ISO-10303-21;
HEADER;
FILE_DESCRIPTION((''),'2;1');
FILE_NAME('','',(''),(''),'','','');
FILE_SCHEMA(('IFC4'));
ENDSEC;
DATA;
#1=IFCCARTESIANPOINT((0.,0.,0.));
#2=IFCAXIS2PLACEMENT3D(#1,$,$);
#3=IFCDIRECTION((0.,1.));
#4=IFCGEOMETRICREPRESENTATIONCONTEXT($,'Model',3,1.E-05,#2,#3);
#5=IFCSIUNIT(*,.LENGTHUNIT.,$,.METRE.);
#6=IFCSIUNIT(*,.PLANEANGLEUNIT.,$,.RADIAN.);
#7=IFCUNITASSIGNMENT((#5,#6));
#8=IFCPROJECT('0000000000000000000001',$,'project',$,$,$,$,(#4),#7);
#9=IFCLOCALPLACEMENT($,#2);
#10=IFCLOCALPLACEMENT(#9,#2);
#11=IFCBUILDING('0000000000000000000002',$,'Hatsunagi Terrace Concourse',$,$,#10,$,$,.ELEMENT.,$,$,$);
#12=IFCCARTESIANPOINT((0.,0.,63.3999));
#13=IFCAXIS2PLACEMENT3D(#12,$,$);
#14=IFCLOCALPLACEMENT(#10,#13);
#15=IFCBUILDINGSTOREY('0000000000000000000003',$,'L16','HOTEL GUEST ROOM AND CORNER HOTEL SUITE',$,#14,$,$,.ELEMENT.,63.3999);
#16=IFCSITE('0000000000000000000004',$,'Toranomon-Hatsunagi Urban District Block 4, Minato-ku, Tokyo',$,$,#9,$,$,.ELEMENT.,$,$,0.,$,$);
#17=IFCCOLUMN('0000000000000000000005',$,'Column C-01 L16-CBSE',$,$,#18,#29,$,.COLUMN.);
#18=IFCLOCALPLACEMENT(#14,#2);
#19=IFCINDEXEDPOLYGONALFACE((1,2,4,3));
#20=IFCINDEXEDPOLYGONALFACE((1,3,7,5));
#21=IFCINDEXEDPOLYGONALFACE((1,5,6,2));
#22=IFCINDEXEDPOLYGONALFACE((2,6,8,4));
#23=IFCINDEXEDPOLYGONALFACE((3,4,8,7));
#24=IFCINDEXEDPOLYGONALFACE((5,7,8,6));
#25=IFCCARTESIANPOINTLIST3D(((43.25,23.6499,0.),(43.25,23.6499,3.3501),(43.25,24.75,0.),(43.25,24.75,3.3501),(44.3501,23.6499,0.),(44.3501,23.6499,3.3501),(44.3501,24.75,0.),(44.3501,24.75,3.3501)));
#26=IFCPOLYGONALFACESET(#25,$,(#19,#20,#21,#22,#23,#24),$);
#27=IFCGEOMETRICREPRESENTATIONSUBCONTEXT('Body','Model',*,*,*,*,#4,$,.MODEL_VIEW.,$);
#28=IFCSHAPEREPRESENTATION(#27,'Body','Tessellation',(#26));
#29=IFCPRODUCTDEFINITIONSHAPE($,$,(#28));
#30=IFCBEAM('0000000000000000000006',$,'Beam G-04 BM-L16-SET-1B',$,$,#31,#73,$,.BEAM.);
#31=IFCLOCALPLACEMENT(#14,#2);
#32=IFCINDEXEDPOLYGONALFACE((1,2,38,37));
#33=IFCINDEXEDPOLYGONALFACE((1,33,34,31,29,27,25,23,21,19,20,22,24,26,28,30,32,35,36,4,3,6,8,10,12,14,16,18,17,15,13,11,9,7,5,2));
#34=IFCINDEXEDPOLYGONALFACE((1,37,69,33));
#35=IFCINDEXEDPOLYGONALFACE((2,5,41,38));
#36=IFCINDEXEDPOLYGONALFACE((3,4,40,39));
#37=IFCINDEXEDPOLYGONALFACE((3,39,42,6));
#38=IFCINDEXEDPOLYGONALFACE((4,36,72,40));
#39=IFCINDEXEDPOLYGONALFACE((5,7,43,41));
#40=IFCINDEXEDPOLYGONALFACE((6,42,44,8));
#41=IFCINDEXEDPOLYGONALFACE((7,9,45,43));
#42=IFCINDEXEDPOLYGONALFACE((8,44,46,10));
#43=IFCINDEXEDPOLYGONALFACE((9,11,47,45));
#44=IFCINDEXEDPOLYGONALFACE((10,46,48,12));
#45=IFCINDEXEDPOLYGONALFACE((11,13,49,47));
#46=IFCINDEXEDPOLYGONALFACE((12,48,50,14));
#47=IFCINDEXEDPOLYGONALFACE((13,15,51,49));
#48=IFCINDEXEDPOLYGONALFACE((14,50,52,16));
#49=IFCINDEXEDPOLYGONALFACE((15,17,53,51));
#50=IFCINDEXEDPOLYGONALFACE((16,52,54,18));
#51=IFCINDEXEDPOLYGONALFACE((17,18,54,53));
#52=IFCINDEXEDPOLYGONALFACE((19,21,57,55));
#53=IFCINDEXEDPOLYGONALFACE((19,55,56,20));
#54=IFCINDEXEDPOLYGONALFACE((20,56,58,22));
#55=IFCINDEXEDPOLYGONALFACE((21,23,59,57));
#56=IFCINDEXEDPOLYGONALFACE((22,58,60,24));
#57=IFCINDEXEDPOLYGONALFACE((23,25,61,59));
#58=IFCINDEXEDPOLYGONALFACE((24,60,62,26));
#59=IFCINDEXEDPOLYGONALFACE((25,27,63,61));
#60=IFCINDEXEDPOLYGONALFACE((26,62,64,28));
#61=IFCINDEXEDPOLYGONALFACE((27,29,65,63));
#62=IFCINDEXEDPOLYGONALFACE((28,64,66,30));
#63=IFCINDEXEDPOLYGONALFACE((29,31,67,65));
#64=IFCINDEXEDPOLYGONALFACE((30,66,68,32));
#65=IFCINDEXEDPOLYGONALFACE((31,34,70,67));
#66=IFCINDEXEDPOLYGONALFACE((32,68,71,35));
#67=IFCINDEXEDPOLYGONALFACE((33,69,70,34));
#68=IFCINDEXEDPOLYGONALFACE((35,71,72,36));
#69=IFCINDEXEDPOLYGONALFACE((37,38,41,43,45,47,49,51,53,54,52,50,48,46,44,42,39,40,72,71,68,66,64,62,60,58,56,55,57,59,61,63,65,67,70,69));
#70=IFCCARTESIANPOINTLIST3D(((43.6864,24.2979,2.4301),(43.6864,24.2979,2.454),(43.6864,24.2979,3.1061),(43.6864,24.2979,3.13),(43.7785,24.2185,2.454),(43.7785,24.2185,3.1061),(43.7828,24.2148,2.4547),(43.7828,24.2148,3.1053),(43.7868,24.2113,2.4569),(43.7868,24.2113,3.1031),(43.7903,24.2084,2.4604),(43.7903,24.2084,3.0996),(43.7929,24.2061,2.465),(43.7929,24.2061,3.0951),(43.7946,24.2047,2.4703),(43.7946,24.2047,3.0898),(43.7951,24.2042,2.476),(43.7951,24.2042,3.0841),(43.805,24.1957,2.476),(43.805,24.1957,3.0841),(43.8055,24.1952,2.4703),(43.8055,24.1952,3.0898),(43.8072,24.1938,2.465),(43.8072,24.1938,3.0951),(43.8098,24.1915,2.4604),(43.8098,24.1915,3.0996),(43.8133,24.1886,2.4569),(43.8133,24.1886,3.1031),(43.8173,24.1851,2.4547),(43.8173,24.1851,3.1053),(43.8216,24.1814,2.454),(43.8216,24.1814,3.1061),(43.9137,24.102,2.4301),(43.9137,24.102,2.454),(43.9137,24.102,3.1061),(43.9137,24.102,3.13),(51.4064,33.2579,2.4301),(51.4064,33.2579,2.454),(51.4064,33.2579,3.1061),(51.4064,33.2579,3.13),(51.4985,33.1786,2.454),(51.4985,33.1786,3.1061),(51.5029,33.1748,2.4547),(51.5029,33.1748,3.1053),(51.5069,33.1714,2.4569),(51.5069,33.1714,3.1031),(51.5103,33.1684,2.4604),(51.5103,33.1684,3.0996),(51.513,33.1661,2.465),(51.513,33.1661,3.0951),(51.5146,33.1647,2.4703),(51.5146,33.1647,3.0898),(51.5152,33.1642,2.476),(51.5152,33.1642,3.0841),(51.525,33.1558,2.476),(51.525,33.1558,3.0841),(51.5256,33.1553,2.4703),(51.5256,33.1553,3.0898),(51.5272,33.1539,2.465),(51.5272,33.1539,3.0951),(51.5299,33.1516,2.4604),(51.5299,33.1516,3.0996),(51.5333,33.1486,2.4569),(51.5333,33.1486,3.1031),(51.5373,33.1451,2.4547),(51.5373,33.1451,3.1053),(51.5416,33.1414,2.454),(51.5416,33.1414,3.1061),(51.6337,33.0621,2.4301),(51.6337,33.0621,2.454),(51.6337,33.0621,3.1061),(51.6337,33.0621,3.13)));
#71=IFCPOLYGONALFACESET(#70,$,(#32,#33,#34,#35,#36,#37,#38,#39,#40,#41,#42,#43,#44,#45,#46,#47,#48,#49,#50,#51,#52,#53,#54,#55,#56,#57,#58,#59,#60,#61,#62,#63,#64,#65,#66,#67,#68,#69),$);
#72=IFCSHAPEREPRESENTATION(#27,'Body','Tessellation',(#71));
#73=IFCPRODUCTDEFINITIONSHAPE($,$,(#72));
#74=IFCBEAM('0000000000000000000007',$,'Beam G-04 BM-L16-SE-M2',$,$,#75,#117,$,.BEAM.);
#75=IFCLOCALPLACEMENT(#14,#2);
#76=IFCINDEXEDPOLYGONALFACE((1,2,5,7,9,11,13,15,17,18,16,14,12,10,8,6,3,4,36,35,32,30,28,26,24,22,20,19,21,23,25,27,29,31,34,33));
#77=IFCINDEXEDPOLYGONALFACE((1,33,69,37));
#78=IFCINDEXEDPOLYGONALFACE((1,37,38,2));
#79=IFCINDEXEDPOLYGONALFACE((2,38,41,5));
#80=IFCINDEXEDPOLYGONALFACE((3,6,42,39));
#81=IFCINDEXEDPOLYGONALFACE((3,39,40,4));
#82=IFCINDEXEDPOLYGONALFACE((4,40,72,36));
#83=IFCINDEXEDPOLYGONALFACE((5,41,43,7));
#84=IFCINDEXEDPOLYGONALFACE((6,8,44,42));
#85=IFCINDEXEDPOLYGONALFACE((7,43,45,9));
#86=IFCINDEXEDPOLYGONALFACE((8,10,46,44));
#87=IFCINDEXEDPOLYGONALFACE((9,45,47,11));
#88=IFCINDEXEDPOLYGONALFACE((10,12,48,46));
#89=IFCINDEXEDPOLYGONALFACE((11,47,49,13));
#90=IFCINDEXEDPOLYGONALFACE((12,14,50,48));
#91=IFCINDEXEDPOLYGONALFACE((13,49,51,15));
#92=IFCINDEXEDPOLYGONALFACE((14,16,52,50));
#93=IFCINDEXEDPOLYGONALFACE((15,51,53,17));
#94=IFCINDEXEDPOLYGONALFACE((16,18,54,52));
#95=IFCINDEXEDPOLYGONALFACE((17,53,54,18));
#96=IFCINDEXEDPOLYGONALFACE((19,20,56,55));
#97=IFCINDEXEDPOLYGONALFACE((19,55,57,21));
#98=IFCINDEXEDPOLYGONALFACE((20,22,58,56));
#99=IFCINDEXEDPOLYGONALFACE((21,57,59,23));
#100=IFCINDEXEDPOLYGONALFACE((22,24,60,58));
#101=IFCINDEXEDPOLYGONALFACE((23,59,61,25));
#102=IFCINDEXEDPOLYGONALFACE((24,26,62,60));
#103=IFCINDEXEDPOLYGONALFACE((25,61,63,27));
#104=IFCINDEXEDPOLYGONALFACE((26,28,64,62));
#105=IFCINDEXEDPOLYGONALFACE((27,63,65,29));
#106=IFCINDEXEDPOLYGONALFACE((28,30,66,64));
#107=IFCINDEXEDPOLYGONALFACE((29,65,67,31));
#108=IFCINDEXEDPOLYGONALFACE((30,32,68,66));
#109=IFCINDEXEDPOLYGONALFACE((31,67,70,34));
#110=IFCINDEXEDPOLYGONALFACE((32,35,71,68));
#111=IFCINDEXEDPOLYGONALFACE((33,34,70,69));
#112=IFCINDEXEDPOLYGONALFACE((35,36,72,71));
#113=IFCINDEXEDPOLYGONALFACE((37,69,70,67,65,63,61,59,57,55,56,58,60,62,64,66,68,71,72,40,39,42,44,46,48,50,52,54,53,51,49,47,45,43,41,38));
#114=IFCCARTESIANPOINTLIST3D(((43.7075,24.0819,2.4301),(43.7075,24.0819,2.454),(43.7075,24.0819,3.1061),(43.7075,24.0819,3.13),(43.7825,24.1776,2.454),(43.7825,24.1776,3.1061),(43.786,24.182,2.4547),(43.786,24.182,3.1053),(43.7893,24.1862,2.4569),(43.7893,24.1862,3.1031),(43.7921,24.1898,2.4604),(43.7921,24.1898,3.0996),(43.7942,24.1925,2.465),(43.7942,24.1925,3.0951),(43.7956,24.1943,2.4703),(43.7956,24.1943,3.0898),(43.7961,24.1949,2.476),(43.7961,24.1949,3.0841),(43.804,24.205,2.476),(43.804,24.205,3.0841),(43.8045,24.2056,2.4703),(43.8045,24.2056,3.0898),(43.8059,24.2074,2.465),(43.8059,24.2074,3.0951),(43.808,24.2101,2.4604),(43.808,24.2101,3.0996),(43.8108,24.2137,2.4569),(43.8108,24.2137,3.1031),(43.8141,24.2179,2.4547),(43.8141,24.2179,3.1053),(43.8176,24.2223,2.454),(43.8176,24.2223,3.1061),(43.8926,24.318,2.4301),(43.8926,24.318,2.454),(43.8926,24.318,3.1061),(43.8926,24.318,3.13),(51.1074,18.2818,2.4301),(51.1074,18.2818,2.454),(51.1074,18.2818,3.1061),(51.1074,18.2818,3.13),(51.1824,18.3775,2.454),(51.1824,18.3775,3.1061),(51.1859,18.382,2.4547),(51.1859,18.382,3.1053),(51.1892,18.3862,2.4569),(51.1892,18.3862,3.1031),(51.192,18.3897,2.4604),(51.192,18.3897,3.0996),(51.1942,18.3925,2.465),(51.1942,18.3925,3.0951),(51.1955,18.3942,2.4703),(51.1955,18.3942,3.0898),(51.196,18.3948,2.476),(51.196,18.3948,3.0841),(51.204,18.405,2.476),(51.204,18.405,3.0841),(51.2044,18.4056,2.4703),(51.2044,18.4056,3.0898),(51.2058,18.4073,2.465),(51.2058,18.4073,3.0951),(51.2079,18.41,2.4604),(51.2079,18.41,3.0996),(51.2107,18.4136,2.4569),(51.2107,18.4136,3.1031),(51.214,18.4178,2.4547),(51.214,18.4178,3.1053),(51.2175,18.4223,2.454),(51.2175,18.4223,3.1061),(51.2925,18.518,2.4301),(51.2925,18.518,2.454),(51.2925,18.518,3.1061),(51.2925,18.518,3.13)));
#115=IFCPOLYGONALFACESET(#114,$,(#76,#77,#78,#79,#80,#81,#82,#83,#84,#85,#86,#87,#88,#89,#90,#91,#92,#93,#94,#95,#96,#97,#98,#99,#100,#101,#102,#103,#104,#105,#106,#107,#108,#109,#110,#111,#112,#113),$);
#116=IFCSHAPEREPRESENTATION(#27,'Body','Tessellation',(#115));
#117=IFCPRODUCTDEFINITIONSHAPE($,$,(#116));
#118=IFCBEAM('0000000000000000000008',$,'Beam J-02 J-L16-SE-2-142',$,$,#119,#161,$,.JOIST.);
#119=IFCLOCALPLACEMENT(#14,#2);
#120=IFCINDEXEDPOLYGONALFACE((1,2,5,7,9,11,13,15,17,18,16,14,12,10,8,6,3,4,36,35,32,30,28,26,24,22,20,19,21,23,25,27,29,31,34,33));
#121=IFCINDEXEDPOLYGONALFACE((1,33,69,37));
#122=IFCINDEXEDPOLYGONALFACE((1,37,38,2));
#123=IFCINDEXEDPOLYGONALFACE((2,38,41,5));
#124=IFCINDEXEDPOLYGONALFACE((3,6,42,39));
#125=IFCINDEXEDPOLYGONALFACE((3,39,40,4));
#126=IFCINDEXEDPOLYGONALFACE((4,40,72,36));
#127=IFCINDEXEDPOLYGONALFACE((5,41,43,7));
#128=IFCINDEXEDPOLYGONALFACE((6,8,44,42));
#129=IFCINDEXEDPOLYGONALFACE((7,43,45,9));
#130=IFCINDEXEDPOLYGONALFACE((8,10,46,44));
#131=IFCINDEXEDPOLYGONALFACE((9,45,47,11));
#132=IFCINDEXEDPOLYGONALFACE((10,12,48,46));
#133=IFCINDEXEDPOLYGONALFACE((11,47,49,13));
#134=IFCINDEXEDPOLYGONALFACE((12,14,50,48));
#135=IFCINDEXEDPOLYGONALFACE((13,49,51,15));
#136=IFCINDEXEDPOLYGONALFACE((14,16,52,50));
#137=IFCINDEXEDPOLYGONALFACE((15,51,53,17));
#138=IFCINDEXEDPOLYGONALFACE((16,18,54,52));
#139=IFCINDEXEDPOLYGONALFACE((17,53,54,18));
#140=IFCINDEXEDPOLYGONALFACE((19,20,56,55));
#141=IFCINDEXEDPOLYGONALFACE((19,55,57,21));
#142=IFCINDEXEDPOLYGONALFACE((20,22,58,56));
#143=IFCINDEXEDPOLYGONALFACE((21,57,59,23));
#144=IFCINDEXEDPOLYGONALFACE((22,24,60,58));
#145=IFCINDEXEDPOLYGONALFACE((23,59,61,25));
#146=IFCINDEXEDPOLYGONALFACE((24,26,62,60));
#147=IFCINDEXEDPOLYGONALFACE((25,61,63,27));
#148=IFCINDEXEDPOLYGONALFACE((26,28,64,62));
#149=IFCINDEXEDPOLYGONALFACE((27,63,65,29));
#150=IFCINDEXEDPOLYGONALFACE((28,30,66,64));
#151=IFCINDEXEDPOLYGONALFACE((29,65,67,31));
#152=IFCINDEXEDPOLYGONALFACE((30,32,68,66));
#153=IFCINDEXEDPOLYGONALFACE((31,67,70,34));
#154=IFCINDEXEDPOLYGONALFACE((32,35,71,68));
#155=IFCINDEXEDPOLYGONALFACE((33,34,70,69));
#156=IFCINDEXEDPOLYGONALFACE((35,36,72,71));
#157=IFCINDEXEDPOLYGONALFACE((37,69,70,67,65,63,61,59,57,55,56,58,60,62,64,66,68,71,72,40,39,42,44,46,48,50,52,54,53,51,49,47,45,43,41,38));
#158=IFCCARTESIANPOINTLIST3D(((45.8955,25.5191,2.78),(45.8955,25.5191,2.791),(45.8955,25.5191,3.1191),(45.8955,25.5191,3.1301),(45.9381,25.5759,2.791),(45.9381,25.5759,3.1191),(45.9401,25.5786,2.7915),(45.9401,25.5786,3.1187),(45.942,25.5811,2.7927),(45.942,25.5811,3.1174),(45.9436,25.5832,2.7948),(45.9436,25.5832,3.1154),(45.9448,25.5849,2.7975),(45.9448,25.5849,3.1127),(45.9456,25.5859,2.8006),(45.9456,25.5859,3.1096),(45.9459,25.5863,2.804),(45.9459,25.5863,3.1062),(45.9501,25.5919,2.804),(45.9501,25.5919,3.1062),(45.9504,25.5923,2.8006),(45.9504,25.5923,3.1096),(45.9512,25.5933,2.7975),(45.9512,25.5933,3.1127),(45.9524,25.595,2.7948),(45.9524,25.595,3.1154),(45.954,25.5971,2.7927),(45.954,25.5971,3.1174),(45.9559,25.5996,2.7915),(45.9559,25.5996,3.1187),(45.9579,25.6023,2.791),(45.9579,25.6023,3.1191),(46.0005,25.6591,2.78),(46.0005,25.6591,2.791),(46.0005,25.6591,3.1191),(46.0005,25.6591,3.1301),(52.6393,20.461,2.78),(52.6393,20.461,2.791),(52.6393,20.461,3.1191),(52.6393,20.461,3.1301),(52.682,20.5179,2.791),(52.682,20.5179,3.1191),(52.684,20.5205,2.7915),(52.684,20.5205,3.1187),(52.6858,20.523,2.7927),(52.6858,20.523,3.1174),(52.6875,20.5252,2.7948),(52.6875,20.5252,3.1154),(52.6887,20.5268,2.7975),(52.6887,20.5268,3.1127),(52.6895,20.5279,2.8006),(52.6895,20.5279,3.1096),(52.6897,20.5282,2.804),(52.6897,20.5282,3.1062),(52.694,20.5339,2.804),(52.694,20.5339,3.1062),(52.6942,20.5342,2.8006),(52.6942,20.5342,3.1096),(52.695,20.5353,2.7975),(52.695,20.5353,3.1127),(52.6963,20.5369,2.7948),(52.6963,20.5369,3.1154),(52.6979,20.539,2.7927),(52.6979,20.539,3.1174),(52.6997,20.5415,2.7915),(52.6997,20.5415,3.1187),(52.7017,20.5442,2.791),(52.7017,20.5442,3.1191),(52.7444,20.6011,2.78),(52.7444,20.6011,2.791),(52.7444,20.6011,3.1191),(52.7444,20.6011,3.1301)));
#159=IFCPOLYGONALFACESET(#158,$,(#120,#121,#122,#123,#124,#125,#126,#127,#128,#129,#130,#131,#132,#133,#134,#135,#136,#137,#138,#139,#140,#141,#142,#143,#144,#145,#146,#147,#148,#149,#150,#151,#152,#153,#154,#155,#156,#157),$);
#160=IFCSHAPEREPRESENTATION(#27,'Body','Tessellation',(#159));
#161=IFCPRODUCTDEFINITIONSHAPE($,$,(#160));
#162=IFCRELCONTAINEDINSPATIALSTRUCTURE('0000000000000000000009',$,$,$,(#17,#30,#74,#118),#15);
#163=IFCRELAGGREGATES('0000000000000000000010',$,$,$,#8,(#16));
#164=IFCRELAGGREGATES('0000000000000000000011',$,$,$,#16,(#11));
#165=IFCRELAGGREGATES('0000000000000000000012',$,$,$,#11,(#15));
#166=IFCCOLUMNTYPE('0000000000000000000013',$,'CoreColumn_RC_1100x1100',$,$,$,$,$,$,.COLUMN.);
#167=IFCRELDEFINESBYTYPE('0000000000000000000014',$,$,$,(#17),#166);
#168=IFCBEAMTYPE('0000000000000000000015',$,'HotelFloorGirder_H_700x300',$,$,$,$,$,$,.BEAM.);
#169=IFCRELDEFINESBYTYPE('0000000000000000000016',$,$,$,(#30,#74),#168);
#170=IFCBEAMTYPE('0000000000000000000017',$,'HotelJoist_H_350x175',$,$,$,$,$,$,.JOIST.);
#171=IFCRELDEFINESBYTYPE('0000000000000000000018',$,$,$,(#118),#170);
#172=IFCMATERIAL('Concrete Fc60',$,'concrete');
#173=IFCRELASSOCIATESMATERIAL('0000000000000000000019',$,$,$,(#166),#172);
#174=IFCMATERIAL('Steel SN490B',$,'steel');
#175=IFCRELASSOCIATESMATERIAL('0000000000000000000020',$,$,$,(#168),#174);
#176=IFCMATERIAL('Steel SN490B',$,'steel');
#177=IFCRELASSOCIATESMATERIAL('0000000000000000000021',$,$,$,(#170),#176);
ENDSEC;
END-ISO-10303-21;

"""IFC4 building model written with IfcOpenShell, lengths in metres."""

from ifc_helpers import new_model, si_unit, direction, frame, origin, origin_2d, place, context, subcontext, project, spatial, rectangle, i_section, extrude, material, material_profile, profile_set, type_object, element, save


model = new_model("IFC4")

# Units and contexts
model_context = context("Model", 3, precision=1e-05, world=origin(), true_north=direction((0.0, 1.0)))
body_context = subcontext(model_context, "Body", "Model", "MODEL_VIEW")
ifc_project = project(units=[si_unit("LENGTHUNIT", "METRE"), si_unit("PLANEANGLEUNIT", "RADIAN")], contexts=[model_context])

# Site, building, storey
site_placement = place(None, origin())
site = spatial("IfcSite", under=ifc_project, at=site_placement, Name="Toranomon-Hatsunagi Urban District Block 4, Minato-ku, Tokyo", CompositionType="ELEMENT", RefElevation=0.0)
building_placement = place(site_placement, origin())
building = spatial("IfcBuilding", under=site, at=building_placement, Name="Hatsunagi Terrace Concourse", CompositionType="ELEMENT")
storey_placement = place(building_placement, frame((0.0, 0.0, 63.3999)))
storey = spatial("IfcBuildingStorey", under=building, at=storey_placement, Name="L16", Description="HOTEL GUEST ROOM AND CORNER HOTEL SUITE", CompositionType="ELEMENT", Elevation=63.3999)

# Column
ifc_material_1 = material(Name="Concrete Fc60", Category="concrete")
ifc_material_profile_1 = material_profile(ifc_material_1, rectangle(XDim=1.1001, YDim=1.1001, at=origin_2d()), Name="RC-1100x1100")
ifc_profile_set_1 = profile_set([ifc_material_profile_1], Name="Concrete Fc60")
column_type = type_object("IfcColumnType", Name="CoreColumn_RC_1100x1100", PredefinedType="COLUMN", material=ifc_profile_set_1)
column_placement = place(storey_placement, frame((43.8, 24.2, 0.0), z_axis=(0.0, 0.0, 1.0), x_axis=(1.0, 0.0, 0.0)))
element("IfcColumn", 1, at=column_placement, inside=storey, type_object=column_type, Name="Column C-01 L16-CBSE", PredefinedType="COLUMN", context=body_context, shape_type="SweptSolid", body=[
    extrude(rectangle(XDim=1.1001, YDim=1.1001, at=origin_2d()), origin(), (0.0, 0.0, 1.0), 3.3501),
])

# Beams
ifc_material_2 = material(Name="Steel SN490B", Category="steel")
ifc_material_profile_2 = material_profile(ifc_material_2, i_section(OverallWidth=0.3, OverallDepth=0.7, WebThickness=0.0129, FlangeThickness=0.0239, FilletRadius=0.022, at=origin_2d()), Name="H-700x300x13x24")
ifc_profile_set_2 = profile_set([ifc_material_profile_2], Name="Steel SN490B")
beam_type_1 = type_object("IfcBeamType", Name="HotelFloorGirder_H_700x300", PredefinedType="BEAM", material=ifc_profile_set_2)
beam_1_placement = place(storey_placement, frame((43.8, 24.2, 2.78), z_axis=(0.652739, 0.757583, 0.0), x_axis=(-0.757583, 0.652739, 0.0)))
element("IfcBeam", 2, at=beam_1_placement, inside=storey, type_object=beam_type_1, Name="Beam G-04 BM-L16-SET-1B", PredefinedType="BEAM", context=body_context, shape_type="SweptSolid", body=[
    extrude(i_section(OverallWidth=0.3, OverallDepth=0.7, WebThickness=0.0129, FlangeThickness=0.0239, FilletRadius=0.022, at=origin_2d()), origin(), (0.0, 0.0, 1.0), 11.8271),
])
beam_2_placement = place(storey_placement, frame((43.8, 24.2, 2.78), z_axis=(0.787049, -0.61689, 0.0), x_axis=(0.61689, 0.787049, 0.0)))
element("IfcBeam", 3, at=beam_2_placement, inside=storey, type_object=beam_type_1, Name="Beam G-04 BM-L16-SE-M2", PredefinedType="BEAM", context=body_context, shape_type="SweptSolid", body=[
    extrude(i_section(OverallWidth=0.3, OverallDepth=0.7, WebThickness=0.0129, FlangeThickness=0.0239, FilletRadius=0.022, at=origin_2d()), origin(), (0.0, 0.0, 1.0), 9.4021),
])
ifc_material_3 = material(Name="Steel SN490B", Category="steel")
ifc_material_profile_3 = material_profile(ifc_material_3, i_section(OverallWidth=0.175, OverallDepth=0.3501, WebThickness=0.0071, FlangeThickness=0.011, FilletRadius=0.0129, at=origin_2d()), Name="H-350x175x7x11")
ifc_profile_set_3 = profile_set([ifc_material_profile_3], Name="Steel SN490B")
beam_type_2 = type_object("IfcBeamType", Name="HotelJoist_H_350x175", PredefinedType="JOIST", material=ifc_profile_set_3)
beam_3_placement = place(storey_placement, frame((45.948, 25.5891, 2.9551), z_axis=(0.79999, -0.600014, 0.0), x_axis=(0.600014, 0.79999, 0.0)))
element("IfcBeam", 4, at=beam_3_placement, inside=storey, type_object=beam_type_2, Name="Beam J-02 J-L16-SE-2-142", PredefinedType="JOIST", context=body_context, shape_type="SweptSolid", body=[
    extrude(i_section(OverallWidth=0.175, OverallDepth=0.3501, WebThickness=0.0071, FlangeThickness=0.011, FilletRadius=0.0129, at=origin_2d()), origin(), (0.0, 0.0, 1.0), 8.4299),
])

save(model, "model.ifc")
